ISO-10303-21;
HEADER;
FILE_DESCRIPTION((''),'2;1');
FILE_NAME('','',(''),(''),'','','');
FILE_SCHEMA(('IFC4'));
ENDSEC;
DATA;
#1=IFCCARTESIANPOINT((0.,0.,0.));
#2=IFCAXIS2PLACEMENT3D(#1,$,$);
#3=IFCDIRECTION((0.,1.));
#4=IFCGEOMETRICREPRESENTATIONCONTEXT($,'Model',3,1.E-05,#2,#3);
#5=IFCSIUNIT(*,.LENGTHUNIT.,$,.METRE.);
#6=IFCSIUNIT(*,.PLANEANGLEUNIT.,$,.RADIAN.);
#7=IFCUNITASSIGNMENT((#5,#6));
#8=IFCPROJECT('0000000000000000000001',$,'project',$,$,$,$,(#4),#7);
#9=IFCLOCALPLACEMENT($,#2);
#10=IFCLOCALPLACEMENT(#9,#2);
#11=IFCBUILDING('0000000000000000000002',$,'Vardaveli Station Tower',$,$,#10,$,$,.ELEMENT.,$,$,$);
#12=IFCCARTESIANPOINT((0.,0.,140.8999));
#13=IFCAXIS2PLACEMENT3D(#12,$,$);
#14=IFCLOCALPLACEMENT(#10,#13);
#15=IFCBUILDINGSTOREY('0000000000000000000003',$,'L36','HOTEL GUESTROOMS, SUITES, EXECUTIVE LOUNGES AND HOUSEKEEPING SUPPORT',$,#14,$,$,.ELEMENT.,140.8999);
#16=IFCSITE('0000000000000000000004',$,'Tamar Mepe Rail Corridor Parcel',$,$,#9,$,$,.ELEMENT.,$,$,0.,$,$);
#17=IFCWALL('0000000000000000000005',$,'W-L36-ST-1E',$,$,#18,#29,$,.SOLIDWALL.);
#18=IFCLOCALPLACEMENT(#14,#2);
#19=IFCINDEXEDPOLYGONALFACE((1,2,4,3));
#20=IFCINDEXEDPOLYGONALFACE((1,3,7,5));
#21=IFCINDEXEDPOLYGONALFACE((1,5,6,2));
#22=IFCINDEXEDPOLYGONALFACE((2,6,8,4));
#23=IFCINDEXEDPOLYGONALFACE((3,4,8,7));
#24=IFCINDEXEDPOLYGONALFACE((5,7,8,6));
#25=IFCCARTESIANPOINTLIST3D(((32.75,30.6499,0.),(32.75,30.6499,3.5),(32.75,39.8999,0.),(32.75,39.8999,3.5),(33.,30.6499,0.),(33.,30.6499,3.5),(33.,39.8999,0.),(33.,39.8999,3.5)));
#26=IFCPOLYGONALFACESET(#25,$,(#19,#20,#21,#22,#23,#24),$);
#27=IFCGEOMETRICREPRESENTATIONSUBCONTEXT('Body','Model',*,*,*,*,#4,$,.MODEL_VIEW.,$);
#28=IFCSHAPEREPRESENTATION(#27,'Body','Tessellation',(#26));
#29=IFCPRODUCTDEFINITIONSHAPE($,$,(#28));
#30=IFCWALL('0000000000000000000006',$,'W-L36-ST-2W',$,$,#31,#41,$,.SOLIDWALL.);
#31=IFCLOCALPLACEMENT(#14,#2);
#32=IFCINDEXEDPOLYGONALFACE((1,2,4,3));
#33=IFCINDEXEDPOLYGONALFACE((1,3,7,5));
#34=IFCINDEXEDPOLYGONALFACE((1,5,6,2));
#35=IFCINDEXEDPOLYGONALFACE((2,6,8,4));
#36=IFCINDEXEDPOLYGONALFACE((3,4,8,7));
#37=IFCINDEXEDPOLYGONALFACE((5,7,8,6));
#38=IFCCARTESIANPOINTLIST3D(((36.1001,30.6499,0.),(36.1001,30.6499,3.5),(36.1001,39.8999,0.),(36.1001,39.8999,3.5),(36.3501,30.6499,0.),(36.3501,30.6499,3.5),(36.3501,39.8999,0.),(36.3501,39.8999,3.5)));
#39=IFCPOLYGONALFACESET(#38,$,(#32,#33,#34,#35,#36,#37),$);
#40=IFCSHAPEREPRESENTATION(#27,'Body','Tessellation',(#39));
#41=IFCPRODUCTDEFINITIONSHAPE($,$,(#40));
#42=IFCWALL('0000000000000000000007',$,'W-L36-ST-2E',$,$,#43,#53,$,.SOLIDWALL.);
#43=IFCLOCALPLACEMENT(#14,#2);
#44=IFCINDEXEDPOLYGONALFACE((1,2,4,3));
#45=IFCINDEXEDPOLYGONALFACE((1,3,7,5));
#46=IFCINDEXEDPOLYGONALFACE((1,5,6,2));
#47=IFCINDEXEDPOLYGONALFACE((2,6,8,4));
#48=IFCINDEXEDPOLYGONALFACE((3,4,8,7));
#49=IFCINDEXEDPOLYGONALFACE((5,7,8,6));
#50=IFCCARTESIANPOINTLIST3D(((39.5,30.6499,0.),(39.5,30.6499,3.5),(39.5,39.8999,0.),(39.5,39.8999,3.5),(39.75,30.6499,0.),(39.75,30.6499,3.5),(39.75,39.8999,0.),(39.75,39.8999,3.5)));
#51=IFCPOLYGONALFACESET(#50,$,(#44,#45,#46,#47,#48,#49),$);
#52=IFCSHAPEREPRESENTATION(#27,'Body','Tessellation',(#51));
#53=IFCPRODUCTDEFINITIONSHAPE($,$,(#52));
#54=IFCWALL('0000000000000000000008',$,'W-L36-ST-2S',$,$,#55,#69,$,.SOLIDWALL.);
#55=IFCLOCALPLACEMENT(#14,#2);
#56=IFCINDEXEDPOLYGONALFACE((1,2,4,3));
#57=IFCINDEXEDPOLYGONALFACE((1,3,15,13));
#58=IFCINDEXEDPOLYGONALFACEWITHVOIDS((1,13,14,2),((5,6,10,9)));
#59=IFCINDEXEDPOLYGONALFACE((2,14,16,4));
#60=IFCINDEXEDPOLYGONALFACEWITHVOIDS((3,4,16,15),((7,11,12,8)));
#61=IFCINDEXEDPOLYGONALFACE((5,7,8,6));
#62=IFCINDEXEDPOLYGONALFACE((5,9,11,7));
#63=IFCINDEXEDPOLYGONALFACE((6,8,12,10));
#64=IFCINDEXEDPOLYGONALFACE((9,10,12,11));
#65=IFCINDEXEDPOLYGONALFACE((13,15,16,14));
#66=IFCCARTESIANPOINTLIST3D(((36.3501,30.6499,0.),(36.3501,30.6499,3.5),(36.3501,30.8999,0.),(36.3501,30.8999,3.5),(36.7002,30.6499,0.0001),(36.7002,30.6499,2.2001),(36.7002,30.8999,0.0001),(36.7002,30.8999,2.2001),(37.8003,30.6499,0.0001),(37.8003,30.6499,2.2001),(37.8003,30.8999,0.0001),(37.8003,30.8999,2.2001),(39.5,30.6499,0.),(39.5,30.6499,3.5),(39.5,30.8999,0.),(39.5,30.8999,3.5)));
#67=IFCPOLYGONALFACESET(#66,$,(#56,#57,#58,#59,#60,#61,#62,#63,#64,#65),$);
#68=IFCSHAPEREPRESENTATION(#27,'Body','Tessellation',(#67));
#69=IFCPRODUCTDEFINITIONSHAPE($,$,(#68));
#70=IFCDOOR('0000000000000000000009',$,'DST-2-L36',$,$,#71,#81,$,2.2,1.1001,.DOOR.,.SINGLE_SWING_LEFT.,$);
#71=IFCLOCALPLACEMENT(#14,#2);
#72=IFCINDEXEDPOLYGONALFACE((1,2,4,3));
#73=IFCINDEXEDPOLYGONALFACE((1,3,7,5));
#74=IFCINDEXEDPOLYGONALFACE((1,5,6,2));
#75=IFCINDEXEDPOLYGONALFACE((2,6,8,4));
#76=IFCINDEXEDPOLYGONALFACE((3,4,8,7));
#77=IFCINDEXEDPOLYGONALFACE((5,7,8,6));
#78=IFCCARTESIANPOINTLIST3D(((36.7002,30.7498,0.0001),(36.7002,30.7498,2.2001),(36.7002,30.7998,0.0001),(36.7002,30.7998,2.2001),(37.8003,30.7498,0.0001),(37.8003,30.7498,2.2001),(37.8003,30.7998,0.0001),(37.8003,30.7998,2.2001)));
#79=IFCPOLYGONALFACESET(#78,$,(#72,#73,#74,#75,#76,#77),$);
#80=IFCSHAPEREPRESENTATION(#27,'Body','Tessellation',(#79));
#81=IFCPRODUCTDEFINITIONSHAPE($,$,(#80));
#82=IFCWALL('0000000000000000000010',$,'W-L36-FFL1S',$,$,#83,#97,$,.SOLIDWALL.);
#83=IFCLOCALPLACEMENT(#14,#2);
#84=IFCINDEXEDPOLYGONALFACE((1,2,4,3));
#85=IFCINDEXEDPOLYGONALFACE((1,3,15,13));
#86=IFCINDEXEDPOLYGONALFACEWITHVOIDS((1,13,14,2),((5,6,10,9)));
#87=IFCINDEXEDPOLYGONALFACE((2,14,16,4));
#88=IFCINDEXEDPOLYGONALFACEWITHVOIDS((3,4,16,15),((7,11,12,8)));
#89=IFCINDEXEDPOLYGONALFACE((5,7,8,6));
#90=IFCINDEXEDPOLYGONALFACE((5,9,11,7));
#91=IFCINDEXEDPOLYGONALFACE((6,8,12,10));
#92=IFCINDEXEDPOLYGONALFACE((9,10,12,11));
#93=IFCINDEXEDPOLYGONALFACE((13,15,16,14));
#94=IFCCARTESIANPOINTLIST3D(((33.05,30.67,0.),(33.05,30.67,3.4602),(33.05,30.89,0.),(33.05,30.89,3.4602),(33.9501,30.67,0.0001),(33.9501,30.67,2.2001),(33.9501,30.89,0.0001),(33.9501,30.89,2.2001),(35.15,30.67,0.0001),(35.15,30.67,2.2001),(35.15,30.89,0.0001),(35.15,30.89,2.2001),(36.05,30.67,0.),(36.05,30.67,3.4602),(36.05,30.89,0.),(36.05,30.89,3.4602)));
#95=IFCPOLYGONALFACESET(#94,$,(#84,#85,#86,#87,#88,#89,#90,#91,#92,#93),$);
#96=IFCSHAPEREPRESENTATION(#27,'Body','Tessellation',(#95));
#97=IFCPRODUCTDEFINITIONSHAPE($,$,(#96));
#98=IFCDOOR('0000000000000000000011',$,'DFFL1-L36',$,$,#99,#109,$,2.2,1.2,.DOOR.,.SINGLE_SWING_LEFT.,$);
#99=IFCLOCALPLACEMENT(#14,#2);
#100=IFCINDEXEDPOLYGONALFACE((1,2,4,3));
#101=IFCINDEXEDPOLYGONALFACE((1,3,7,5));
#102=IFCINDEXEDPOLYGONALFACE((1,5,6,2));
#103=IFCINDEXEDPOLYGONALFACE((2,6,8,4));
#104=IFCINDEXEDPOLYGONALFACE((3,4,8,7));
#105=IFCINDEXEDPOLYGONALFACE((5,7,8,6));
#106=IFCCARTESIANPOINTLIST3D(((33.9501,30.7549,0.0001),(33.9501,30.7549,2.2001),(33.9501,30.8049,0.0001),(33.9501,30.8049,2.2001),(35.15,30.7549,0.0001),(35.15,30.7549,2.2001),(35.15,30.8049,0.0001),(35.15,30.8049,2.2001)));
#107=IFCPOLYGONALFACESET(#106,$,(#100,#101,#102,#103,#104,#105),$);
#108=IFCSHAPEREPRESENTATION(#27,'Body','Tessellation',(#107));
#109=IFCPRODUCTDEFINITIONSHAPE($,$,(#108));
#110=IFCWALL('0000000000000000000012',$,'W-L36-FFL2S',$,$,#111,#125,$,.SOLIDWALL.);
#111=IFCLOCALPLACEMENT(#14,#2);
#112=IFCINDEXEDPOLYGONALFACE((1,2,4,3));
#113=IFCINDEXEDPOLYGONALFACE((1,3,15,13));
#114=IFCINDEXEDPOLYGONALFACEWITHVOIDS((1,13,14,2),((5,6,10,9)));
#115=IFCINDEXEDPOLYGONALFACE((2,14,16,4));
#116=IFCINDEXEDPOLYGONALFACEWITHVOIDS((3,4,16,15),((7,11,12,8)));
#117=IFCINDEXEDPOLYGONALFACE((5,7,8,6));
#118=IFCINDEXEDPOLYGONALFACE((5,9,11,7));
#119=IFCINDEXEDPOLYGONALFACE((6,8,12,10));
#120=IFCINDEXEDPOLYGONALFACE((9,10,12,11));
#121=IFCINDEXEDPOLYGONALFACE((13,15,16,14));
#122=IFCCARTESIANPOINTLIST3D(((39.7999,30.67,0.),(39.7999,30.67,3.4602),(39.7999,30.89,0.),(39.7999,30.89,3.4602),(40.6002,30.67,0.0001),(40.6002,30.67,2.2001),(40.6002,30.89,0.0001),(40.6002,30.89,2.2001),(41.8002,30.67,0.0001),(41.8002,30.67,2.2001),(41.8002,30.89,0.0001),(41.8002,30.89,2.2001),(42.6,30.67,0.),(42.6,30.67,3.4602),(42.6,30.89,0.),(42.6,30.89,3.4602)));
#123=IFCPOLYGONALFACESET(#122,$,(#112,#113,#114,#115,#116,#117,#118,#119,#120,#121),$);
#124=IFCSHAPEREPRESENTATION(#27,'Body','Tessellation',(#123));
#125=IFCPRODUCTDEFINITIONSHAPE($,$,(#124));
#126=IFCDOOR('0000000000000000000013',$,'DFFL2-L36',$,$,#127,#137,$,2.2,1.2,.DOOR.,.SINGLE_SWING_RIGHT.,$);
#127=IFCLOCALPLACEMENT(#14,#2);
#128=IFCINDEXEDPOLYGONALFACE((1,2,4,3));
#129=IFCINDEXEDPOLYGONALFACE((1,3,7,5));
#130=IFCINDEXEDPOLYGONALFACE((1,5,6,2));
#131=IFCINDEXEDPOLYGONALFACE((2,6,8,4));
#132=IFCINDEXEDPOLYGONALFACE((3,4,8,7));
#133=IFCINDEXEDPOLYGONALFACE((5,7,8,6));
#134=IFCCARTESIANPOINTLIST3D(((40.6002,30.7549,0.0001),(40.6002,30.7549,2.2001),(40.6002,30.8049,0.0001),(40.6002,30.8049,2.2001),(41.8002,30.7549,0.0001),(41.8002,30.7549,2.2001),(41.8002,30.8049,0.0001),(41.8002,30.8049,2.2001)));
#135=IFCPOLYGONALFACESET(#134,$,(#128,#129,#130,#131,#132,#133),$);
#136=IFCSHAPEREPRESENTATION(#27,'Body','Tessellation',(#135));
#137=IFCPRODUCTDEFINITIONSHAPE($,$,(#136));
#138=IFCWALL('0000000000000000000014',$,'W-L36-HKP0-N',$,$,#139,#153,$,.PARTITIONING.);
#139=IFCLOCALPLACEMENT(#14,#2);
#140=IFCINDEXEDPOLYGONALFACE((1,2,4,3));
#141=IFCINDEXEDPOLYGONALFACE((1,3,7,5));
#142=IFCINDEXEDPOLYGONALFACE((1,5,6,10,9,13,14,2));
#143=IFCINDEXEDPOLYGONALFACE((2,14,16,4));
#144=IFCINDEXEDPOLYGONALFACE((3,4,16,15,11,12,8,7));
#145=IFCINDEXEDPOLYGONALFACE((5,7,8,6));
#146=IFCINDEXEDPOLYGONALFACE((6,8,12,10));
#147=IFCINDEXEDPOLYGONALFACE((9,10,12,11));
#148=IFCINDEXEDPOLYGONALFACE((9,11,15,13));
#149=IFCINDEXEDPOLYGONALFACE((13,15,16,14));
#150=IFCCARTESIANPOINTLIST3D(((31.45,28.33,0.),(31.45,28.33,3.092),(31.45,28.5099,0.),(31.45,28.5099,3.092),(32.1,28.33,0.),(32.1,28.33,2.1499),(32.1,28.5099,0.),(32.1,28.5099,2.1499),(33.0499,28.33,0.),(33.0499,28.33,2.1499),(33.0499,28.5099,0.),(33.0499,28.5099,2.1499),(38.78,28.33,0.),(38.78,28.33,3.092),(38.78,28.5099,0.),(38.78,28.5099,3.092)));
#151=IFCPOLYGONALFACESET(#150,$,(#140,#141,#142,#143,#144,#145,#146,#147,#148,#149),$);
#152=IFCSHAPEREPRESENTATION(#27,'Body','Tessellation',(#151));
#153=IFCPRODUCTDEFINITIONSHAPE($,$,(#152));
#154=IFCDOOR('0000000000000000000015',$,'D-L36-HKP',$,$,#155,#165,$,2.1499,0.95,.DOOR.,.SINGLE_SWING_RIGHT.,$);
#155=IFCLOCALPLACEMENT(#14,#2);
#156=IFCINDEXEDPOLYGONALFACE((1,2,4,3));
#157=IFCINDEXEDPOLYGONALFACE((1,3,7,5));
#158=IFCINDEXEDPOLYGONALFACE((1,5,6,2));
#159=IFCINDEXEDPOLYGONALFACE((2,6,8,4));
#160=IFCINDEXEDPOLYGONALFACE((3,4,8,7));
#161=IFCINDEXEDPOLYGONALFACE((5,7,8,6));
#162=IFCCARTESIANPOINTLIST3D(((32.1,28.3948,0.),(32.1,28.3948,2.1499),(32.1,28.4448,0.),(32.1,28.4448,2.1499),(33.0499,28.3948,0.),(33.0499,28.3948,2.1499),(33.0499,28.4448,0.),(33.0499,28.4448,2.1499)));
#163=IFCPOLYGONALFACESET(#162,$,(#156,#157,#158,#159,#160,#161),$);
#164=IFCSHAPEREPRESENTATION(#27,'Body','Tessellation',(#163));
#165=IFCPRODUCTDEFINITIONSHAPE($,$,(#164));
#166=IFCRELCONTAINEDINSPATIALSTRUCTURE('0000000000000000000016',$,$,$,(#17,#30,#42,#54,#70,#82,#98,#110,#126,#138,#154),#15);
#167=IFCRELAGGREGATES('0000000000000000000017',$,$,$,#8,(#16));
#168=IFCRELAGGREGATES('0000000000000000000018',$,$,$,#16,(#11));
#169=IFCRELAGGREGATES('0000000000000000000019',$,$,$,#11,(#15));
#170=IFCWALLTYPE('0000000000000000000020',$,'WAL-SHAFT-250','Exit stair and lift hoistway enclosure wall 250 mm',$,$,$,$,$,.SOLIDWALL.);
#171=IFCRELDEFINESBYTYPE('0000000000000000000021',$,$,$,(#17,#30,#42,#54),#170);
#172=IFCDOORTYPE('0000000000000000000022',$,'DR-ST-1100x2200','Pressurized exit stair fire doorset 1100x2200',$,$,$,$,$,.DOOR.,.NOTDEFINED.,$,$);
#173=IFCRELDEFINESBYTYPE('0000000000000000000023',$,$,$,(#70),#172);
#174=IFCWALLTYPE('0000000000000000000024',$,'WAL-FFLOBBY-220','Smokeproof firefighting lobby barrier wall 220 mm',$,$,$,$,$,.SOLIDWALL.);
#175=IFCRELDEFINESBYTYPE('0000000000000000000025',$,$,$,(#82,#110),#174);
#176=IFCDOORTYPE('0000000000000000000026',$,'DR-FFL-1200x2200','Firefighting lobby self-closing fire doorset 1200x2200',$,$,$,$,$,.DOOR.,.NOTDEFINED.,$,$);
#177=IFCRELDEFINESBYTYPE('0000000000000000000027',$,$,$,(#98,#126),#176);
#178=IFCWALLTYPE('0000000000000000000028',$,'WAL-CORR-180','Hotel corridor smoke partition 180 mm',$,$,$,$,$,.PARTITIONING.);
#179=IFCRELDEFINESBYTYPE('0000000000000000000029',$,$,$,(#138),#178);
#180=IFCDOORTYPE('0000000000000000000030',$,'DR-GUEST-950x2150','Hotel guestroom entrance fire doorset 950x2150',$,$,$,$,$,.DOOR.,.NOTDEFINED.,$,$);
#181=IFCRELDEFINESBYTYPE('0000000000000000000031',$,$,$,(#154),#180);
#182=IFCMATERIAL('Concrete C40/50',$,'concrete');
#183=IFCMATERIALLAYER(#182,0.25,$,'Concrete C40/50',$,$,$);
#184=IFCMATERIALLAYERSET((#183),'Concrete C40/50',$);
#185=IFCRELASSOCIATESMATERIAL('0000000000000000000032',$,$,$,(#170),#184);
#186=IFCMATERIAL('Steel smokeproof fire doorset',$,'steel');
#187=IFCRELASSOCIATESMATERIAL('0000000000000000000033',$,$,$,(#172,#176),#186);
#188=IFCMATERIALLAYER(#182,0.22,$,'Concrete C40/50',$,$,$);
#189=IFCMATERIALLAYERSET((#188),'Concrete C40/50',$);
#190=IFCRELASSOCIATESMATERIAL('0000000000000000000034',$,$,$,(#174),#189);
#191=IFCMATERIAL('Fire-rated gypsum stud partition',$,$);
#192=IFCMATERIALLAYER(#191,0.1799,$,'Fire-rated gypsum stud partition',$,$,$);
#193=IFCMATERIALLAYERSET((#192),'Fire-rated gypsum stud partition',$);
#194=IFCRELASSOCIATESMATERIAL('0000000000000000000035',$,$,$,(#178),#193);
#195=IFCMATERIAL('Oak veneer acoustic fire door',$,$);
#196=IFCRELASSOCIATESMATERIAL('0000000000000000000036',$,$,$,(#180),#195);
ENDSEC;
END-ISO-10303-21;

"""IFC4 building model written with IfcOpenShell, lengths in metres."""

from ifc_helpers import new_model, si_unit, direction, frame, frame_2d, origin, place, context, subcontext, project, spatial, rectangle, extrude, source, transform, mapped, material, layer, layer_set, type_object, element, fill, save


model = new_model("IFC4")

# Units and contexts
model_context = context("Model", 3, precision=1e-05, world=origin(), true_north=direction((0.0, 1.0)))
body_context = subcontext(model_context, "Body", "Model", "MODEL_VIEW")
ifc_project = project(units=[si_unit("LENGTHUNIT", "METRE"), si_unit("PLANEANGLEUNIT", "RADIAN")], contexts=[model_context])

# Site, building, storey
site_placement = place(None, origin())
site = spatial("IfcSite", under=ifc_project, at=site_placement, Name="Tamar Mepe Rail Corridor Parcel", CompositionType="ELEMENT", RefElevation=0.0)
building_placement = place(site_placement, origin())
building = spatial("IfcBuilding", under=site, at=building_placement, Name="Vardaveli Station Tower", CompositionType="ELEMENT")
storey_placement = place(building_placement, frame((0.0, 0.0, 140.8999)))
storey = spatial("IfcBuildingStorey", under=building, at=storey_placement, Name="L36", Description="HOTEL GUESTROOMS, SUITES, EXECUTIVE LOUNGES AND HOUSEKEEPING SUPPORT", CompositionType="ELEMENT", Elevation=140.8999)

# Walls
ifc_material_1 = material(Name="Concrete C40/50", Category="concrete")
ifc_layer_1 = layer(ifc_material_1, 0.25, Name="Concrete C40/50")
ifc_layer_set_1 = layer_set([ifc_layer_1], Name="Concrete C40/50")
wall_type_1 = type_object("IfcWallType", Name="WAL-SHAFT-250", Description="Exit stair and lift hoistway enclosure wall 250 mm", PredefinedType="SOLIDWALL", material=ifc_layer_set_1)
shared_shape_1 = source(origin(), body_context, "Body", "SweptSolid", [
    extrude(rectangle(XDim=9.25, YDim=0.25, at=frame_2d((4.625, 0.0))), origin(), (0.0, 0.0, 1.0), 3.5),
])
for number, where, z_axis, x_axis, name in (
    (1, (32.875, 30.6499, 0.0), (0.0, 0.0, 1.0), (0.0, 1.0, 0.0), "W-L36-ST-1E"),
    (2, (36.2251, 30.6499, 0.0), (0.0, 0.0, 1.0), (0.0, 1.0, 0.0), "W-L36-ST-2W"),
    (3, (39.625, 30.6499, 0.0), (0.0, 0.0, 1.0), (0.0, 1.0, 0.0), "W-L36-ST-2E"),
):
    element("IfcWall", number, at=place(storey_placement, frame(where, z_axis=z_axis, x_axis=x_axis)), inside=storey, type_object=wall_type_1, Name=name, PredefinedType="SOLIDWALL", context=body_context, shape_type="MappedRepresentation", body=[
        mapped(shared_shape_1, transform((0.0, 0.0, 0.0), scale=1.0)),
    ])

# Walls, openings, doors
shared_shape_2 = source(origin(), body_context, "Body", "SweptSolid", [
    extrude(rectangle(XDim=3.1499, YDim=0.25, at=frame_2d((1.575, 0.0))), origin(), (0.0, 0.0, 1.0), 3.5),
])
wall_1_placement = place(storey_placement, frame((36.3501, 30.7749, 0.0), z_axis=(0.0, 0.0, 1.0), x_axis=(1.0, 0.0, 0.0)))
wall_1 = element("IfcWall", 4, at=wall_1_placement, inside=storey, type_object=wall_type_1, Name="W-L36-ST-2S", PredefinedType="SOLIDWALL", context=body_context, shape_type="MappedRepresentation", body=[
    mapped(shared_shape_2, transform((0.0, 0.0, 0.0), scale=1.0)),
])
shared_shape_3 = source(origin(), body_context, "Body", "SweptSolid", [
    extrude(rectangle(XDim=1.1001, YDim=2.2, at=frame_2d((0.55, 1.1001))), frame((0.0, 0.135, 0.0), z_axis=(0.0, -1.0, 0.0), x_axis=(1.0, 0.0, 0.0)), (0.0, 0.0, 1.0), 0.27),
])
opening_1_placement = place(wall_1_placement, frame((0.3501, 0.0, 0.0)))
opening_1 = element("IfcOpeningElement", 5, at=opening_1_placement, cuts=wall_1, PredefinedType="OPENING", context=body_context, shape_type="MappedRepresentation", body=[
    mapped(shared_shape_3, transform((0.0, 0.0, 0.0), scale=1.0)),
])
ifc_material_2 = material(Name="Steel smokeproof fire doorset", Category="steel")
door_type_1 = type_object("IfcDoorType", Name="DR-ST-1100x2200", Description="Pressurized exit stair fire doorset 1100x2200", OperationType="NOTDEFINED", PredefinedType="DOOR", material=ifc_material_2)
shared_shape_4 = source(origin(), body_context, "Body", "SweptSolid", [
    extrude(rectangle(XDim=1.1001, YDim=2.2, at=frame_2d((0.55, 1.1001))), frame((0.0, 0.0249, 0.0), z_axis=(0.0, -1.0, 0.0), x_axis=(1.0, 0.0, 0.0)), (0.0, 0.0, 1.0), 0.05),
])
door_1_placement = place(opening_1_placement, origin())
door_1 = element("IfcDoor", 6, at=door_1_placement, inside=storey, type_object=door_type_1, Name="DST-2-L36", OperationType="SINGLE_SWING_LEFT", OverallHeight=2.2, OverallWidth=1.1001, PredefinedType="DOOR", context=body_context, shape_type="MappedRepresentation", body=[
    mapped(shared_shape_4, transform((0.0, 0.0, 0.0), scale=1.0)),
])
fill(opening_1, door_1)
ifc_layer_2 = layer(ifc_material_1, 0.22, Name="Concrete C40/50")
ifc_layer_set_2 = layer_set([ifc_layer_2], Name="Concrete C40/50")
wall_type_2 = type_object("IfcWallType", Name="WAL-FFLOBBY-220", Description="Smokeproof firefighting lobby barrier wall 220 mm", PredefinedType="SOLIDWALL", material=ifc_layer_set_2)
shared_shape_5 = source(origin(), body_context, "Body", "SweptSolid", [
    extrude(rectangle(XDim=3.0, YDim=0.22, at=frame_2d((1.5, 0.0))), origin(), (0.0, 0.0, 1.0), 3.4602),
])
wall_2_placement = place(storey_placement, frame((33.05, 30.78, 0.0), z_axis=(0.0, 0.0, 1.0), x_axis=(1.0, 0.0, 0.0)))
wall_2 = element("IfcWall", 7, at=wall_2_placement, inside=storey, type_object=wall_type_2, Name="W-L36-FFL1S", PredefinedType="SOLIDWALL", context=body_context, shape_type="MappedRepresentation", body=[
    mapped(shared_shape_5, transform((0.0, 0.0, 0.0), scale=1.0)),
])
shared_shape_6 = source(origin(), body_context, "Body", "SweptSolid", [
    extrude(rectangle(XDim=1.2, YDim=2.2, at=frame_2d((0.6001, 1.1001))), frame((0.0, 0.1201, 0.0), z_axis=(0.0, -1.0, 0.0), x_axis=(1.0, 0.0, 0.0)), (0.0, 0.0, 1.0), 0.24),
])
opening_2_placement = place(wall_2_placement, frame((0.8999, 0.0, 0.0)))
opening_2 = element("IfcOpeningElement", 8, at=opening_2_placement, cuts=wall_2, PredefinedType="OPENING", context=body_context, shape_type="MappedRepresentation", body=[
    mapped(shared_shape_6, transform((0.0, 0.0, 0.0), scale=1.0)),
])
door_type_2 = type_object("IfcDoorType", Name="DR-FFL-1200x2200", Description="Firefighting lobby self-closing fire doorset 1200x2200", OperationType="NOTDEFINED", PredefinedType="DOOR", material=ifc_material_2)
shared_shape_7 = source(origin(), body_context, "Body", "SweptSolid", [
    extrude(rectangle(XDim=1.2, YDim=2.2, at=frame_2d((0.6001, 1.1001))), frame((0.0, 0.0249, 0.0), z_axis=(0.0, -1.0, 0.0), x_axis=(1.0, 0.0, 0.0)), (0.0, 0.0, 1.0), 0.05),
])
door_2_placement = place(opening_2_placement, origin())
door_2 = element("IfcDoor", 9, at=door_2_placement, inside=storey, type_object=door_type_2, Name="DFFL1-L36", OperationType="SINGLE_SWING_LEFT", OverallHeight=2.2, OverallWidth=1.2, PredefinedType="DOOR", context=body_context, shape_type="MappedRepresentation", body=[
    mapped(shared_shape_7, transform((0.0, 0.0, 0.0), scale=1.0)),
])
fill(opening_2, door_2)
shared_shape_8 = source(origin(), body_context, "Body", "SweptSolid", [
    extrude(rectangle(XDim=2.8, YDim=0.22, at=frame_2d((1.3999, 0.0))), origin(), (0.0, 0.0, 1.0), 3.4602),
])
wall_3_placement = place(storey_placement, frame((39.8, 30.78, 0.0), z_axis=(0.0, 0.0, 1.0), x_axis=(1.0, 0.0, 0.0)))
wall_3 = element("IfcWall", 10, at=wall_3_placement, inside=storey, type_object=wall_type_2, Name="W-L36-FFL2S", PredefinedType="SOLIDWALL", context=body_context, shape_type="MappedRepresentation", body=[
    mapped(shared_shape_8, transform((0.0, 0.0, 0.0), scale=1.0)),
])
opening_3_placement = place(wall_3_placement, frame((0.8, 0.0, 0.0)))
opening_3 = element("IfcOpeningElement", 11, at=opening_3_placement, cuts=wall_3, PredefinedType="OPENING", context=body_context, shape_type="MappedRepresentation", body=[
    mapped(shared_shape_6, transform((0.0, 0.0, 0.0), scale=1.0)),
])
door_3_placement = place(opening_3_placement, origin())
door_3 = element("IfcDoor", 12, at=door_3_placement, inside=storey, type_object=door_type_2, Name="DFFL2-L36", OperationType="SINGLE_SWING_RIGHT", OverallHeight=2.2, OverallWidth=1.2, PredefinedType="DOOR", context=body_context, shape_type="MappedRepresentation", body=[
    mapped(shared_shape_7, transform((0.0, 0.0, 0.0), scale=1.0)),
])
fill(opening_3, door_3)
ifc_material_3 = material(Name="Fire-rated gypsum stud partition")
ifc_layer_3 = layer(ifc_material_3, 0.1799, Name="Fire-rated gypsum stud partition")
ifc_layer_set_3 = layer_set([ifc_layer_3], Name="Fire-rated gypsum stud partition")
wall_type_3 = type_object("IfcWallType", Name="WAL-CORR-180", Description="Hotel corridor smoke partition 180 mm", PredefinedType="PARTITIONING", material=ifc_layer_set_3)
shared_shape_9 = source(origin(), body_context, "Body", "SweptSolid", [
    extrude(rectangle(XDim=7.3301, YDim=0.1799, at=frame_2d((3.665, 0.0))), origin(), (0.0, 0.0, 1.0), 3.092),
])
wall_4_placement = place(storey_placement, frame((31.45, 28.4199, 0.0), z_axis=(0.0, 0.0, 1.0), x_axis=(1.0, 0.0, 0.0)))
wall_4 = element("IfcWall", 13, at=wall_4_placement, inside=storey, type_object=wall_type_3, Name="W-L36-HKP0-N", PredefinedType="PARTITIONING", context=body_context, shape_type="MappedRepresentation", body=[
    mapped(shared_shape_9, transform((0.0, 0.0, 0.0), scale=1.0)),
])
shared_shape_10 = source(origin(), body_context, "Body", "SweptSolid", [
    extrude(rectangle(XDim=0.95, YDim=2.1499, at=frame_2d((0.4751, 1.075))), frame((0.0, 0.1001, 0.0), z_axis=(0.0, -1.0, 0.0), x_axis=(1.0, 0.0, 0.0)), (0.0, 0.0, 1.0), 0.2),
])
opening_4_placement = place(wall_4_placement, frame((0.6499, 0.0, 0.0)))
opening_4 = element("IfcOpeningElement", 14, at=opening_4_placement, cuts=wall_4, PredefinedType="OPENING", context=body_context, shape_type="MappedRepresentation", body=[
    mapped(shared_shape_10, transform((0.0, 0.0, 0.0), scale=1.0)),
])
ifc_material_4 = material(Name="Oak veneer acoustic fire door")
door_type_3 = type_object("IfcDoorType", Name="DR-GUEST-950x2150", Description="Hotel guestroom entrance fire doorset 950x2150", OperationType="NOTDEFINED", PredefinedType="DOOR", material=ifc_material_4)
shared_shape_11 = source(origin(), body_context, "Body", "SweptSolid", [
    extrude(rectangle(XDim=0.95, YDim=2.1499, at=frame_2d((0.4751, 1.075))), frame((0.0, 0.0249, 0.0), z_axis=(0.0, -1.0, 0.0), x_axis=(1.0, 0.0, 0.0)), (0.0, 0.0, 1.0), 0.05),
])
door_4_placement = place(opening_4_placement, origin())
door_4 = element("IfcDoor", 15, at=door_4_placement, inside=storey, type_object=door_type_3, Name="D-L36-HKP", OperationType="SINGLE_SWING_RIGHT", OverallHeight=2.1499, OverallWidth=0.95, PredefinedType="DOOR", context=body_context, shape_type="MappedRepresentation", body=[
    mapped(shared_shape_11, transform((0.0, 0.0, 0.0), scale=1.0)),
])
fill(opening_4, door_4)

save(model, "model.ifc")
